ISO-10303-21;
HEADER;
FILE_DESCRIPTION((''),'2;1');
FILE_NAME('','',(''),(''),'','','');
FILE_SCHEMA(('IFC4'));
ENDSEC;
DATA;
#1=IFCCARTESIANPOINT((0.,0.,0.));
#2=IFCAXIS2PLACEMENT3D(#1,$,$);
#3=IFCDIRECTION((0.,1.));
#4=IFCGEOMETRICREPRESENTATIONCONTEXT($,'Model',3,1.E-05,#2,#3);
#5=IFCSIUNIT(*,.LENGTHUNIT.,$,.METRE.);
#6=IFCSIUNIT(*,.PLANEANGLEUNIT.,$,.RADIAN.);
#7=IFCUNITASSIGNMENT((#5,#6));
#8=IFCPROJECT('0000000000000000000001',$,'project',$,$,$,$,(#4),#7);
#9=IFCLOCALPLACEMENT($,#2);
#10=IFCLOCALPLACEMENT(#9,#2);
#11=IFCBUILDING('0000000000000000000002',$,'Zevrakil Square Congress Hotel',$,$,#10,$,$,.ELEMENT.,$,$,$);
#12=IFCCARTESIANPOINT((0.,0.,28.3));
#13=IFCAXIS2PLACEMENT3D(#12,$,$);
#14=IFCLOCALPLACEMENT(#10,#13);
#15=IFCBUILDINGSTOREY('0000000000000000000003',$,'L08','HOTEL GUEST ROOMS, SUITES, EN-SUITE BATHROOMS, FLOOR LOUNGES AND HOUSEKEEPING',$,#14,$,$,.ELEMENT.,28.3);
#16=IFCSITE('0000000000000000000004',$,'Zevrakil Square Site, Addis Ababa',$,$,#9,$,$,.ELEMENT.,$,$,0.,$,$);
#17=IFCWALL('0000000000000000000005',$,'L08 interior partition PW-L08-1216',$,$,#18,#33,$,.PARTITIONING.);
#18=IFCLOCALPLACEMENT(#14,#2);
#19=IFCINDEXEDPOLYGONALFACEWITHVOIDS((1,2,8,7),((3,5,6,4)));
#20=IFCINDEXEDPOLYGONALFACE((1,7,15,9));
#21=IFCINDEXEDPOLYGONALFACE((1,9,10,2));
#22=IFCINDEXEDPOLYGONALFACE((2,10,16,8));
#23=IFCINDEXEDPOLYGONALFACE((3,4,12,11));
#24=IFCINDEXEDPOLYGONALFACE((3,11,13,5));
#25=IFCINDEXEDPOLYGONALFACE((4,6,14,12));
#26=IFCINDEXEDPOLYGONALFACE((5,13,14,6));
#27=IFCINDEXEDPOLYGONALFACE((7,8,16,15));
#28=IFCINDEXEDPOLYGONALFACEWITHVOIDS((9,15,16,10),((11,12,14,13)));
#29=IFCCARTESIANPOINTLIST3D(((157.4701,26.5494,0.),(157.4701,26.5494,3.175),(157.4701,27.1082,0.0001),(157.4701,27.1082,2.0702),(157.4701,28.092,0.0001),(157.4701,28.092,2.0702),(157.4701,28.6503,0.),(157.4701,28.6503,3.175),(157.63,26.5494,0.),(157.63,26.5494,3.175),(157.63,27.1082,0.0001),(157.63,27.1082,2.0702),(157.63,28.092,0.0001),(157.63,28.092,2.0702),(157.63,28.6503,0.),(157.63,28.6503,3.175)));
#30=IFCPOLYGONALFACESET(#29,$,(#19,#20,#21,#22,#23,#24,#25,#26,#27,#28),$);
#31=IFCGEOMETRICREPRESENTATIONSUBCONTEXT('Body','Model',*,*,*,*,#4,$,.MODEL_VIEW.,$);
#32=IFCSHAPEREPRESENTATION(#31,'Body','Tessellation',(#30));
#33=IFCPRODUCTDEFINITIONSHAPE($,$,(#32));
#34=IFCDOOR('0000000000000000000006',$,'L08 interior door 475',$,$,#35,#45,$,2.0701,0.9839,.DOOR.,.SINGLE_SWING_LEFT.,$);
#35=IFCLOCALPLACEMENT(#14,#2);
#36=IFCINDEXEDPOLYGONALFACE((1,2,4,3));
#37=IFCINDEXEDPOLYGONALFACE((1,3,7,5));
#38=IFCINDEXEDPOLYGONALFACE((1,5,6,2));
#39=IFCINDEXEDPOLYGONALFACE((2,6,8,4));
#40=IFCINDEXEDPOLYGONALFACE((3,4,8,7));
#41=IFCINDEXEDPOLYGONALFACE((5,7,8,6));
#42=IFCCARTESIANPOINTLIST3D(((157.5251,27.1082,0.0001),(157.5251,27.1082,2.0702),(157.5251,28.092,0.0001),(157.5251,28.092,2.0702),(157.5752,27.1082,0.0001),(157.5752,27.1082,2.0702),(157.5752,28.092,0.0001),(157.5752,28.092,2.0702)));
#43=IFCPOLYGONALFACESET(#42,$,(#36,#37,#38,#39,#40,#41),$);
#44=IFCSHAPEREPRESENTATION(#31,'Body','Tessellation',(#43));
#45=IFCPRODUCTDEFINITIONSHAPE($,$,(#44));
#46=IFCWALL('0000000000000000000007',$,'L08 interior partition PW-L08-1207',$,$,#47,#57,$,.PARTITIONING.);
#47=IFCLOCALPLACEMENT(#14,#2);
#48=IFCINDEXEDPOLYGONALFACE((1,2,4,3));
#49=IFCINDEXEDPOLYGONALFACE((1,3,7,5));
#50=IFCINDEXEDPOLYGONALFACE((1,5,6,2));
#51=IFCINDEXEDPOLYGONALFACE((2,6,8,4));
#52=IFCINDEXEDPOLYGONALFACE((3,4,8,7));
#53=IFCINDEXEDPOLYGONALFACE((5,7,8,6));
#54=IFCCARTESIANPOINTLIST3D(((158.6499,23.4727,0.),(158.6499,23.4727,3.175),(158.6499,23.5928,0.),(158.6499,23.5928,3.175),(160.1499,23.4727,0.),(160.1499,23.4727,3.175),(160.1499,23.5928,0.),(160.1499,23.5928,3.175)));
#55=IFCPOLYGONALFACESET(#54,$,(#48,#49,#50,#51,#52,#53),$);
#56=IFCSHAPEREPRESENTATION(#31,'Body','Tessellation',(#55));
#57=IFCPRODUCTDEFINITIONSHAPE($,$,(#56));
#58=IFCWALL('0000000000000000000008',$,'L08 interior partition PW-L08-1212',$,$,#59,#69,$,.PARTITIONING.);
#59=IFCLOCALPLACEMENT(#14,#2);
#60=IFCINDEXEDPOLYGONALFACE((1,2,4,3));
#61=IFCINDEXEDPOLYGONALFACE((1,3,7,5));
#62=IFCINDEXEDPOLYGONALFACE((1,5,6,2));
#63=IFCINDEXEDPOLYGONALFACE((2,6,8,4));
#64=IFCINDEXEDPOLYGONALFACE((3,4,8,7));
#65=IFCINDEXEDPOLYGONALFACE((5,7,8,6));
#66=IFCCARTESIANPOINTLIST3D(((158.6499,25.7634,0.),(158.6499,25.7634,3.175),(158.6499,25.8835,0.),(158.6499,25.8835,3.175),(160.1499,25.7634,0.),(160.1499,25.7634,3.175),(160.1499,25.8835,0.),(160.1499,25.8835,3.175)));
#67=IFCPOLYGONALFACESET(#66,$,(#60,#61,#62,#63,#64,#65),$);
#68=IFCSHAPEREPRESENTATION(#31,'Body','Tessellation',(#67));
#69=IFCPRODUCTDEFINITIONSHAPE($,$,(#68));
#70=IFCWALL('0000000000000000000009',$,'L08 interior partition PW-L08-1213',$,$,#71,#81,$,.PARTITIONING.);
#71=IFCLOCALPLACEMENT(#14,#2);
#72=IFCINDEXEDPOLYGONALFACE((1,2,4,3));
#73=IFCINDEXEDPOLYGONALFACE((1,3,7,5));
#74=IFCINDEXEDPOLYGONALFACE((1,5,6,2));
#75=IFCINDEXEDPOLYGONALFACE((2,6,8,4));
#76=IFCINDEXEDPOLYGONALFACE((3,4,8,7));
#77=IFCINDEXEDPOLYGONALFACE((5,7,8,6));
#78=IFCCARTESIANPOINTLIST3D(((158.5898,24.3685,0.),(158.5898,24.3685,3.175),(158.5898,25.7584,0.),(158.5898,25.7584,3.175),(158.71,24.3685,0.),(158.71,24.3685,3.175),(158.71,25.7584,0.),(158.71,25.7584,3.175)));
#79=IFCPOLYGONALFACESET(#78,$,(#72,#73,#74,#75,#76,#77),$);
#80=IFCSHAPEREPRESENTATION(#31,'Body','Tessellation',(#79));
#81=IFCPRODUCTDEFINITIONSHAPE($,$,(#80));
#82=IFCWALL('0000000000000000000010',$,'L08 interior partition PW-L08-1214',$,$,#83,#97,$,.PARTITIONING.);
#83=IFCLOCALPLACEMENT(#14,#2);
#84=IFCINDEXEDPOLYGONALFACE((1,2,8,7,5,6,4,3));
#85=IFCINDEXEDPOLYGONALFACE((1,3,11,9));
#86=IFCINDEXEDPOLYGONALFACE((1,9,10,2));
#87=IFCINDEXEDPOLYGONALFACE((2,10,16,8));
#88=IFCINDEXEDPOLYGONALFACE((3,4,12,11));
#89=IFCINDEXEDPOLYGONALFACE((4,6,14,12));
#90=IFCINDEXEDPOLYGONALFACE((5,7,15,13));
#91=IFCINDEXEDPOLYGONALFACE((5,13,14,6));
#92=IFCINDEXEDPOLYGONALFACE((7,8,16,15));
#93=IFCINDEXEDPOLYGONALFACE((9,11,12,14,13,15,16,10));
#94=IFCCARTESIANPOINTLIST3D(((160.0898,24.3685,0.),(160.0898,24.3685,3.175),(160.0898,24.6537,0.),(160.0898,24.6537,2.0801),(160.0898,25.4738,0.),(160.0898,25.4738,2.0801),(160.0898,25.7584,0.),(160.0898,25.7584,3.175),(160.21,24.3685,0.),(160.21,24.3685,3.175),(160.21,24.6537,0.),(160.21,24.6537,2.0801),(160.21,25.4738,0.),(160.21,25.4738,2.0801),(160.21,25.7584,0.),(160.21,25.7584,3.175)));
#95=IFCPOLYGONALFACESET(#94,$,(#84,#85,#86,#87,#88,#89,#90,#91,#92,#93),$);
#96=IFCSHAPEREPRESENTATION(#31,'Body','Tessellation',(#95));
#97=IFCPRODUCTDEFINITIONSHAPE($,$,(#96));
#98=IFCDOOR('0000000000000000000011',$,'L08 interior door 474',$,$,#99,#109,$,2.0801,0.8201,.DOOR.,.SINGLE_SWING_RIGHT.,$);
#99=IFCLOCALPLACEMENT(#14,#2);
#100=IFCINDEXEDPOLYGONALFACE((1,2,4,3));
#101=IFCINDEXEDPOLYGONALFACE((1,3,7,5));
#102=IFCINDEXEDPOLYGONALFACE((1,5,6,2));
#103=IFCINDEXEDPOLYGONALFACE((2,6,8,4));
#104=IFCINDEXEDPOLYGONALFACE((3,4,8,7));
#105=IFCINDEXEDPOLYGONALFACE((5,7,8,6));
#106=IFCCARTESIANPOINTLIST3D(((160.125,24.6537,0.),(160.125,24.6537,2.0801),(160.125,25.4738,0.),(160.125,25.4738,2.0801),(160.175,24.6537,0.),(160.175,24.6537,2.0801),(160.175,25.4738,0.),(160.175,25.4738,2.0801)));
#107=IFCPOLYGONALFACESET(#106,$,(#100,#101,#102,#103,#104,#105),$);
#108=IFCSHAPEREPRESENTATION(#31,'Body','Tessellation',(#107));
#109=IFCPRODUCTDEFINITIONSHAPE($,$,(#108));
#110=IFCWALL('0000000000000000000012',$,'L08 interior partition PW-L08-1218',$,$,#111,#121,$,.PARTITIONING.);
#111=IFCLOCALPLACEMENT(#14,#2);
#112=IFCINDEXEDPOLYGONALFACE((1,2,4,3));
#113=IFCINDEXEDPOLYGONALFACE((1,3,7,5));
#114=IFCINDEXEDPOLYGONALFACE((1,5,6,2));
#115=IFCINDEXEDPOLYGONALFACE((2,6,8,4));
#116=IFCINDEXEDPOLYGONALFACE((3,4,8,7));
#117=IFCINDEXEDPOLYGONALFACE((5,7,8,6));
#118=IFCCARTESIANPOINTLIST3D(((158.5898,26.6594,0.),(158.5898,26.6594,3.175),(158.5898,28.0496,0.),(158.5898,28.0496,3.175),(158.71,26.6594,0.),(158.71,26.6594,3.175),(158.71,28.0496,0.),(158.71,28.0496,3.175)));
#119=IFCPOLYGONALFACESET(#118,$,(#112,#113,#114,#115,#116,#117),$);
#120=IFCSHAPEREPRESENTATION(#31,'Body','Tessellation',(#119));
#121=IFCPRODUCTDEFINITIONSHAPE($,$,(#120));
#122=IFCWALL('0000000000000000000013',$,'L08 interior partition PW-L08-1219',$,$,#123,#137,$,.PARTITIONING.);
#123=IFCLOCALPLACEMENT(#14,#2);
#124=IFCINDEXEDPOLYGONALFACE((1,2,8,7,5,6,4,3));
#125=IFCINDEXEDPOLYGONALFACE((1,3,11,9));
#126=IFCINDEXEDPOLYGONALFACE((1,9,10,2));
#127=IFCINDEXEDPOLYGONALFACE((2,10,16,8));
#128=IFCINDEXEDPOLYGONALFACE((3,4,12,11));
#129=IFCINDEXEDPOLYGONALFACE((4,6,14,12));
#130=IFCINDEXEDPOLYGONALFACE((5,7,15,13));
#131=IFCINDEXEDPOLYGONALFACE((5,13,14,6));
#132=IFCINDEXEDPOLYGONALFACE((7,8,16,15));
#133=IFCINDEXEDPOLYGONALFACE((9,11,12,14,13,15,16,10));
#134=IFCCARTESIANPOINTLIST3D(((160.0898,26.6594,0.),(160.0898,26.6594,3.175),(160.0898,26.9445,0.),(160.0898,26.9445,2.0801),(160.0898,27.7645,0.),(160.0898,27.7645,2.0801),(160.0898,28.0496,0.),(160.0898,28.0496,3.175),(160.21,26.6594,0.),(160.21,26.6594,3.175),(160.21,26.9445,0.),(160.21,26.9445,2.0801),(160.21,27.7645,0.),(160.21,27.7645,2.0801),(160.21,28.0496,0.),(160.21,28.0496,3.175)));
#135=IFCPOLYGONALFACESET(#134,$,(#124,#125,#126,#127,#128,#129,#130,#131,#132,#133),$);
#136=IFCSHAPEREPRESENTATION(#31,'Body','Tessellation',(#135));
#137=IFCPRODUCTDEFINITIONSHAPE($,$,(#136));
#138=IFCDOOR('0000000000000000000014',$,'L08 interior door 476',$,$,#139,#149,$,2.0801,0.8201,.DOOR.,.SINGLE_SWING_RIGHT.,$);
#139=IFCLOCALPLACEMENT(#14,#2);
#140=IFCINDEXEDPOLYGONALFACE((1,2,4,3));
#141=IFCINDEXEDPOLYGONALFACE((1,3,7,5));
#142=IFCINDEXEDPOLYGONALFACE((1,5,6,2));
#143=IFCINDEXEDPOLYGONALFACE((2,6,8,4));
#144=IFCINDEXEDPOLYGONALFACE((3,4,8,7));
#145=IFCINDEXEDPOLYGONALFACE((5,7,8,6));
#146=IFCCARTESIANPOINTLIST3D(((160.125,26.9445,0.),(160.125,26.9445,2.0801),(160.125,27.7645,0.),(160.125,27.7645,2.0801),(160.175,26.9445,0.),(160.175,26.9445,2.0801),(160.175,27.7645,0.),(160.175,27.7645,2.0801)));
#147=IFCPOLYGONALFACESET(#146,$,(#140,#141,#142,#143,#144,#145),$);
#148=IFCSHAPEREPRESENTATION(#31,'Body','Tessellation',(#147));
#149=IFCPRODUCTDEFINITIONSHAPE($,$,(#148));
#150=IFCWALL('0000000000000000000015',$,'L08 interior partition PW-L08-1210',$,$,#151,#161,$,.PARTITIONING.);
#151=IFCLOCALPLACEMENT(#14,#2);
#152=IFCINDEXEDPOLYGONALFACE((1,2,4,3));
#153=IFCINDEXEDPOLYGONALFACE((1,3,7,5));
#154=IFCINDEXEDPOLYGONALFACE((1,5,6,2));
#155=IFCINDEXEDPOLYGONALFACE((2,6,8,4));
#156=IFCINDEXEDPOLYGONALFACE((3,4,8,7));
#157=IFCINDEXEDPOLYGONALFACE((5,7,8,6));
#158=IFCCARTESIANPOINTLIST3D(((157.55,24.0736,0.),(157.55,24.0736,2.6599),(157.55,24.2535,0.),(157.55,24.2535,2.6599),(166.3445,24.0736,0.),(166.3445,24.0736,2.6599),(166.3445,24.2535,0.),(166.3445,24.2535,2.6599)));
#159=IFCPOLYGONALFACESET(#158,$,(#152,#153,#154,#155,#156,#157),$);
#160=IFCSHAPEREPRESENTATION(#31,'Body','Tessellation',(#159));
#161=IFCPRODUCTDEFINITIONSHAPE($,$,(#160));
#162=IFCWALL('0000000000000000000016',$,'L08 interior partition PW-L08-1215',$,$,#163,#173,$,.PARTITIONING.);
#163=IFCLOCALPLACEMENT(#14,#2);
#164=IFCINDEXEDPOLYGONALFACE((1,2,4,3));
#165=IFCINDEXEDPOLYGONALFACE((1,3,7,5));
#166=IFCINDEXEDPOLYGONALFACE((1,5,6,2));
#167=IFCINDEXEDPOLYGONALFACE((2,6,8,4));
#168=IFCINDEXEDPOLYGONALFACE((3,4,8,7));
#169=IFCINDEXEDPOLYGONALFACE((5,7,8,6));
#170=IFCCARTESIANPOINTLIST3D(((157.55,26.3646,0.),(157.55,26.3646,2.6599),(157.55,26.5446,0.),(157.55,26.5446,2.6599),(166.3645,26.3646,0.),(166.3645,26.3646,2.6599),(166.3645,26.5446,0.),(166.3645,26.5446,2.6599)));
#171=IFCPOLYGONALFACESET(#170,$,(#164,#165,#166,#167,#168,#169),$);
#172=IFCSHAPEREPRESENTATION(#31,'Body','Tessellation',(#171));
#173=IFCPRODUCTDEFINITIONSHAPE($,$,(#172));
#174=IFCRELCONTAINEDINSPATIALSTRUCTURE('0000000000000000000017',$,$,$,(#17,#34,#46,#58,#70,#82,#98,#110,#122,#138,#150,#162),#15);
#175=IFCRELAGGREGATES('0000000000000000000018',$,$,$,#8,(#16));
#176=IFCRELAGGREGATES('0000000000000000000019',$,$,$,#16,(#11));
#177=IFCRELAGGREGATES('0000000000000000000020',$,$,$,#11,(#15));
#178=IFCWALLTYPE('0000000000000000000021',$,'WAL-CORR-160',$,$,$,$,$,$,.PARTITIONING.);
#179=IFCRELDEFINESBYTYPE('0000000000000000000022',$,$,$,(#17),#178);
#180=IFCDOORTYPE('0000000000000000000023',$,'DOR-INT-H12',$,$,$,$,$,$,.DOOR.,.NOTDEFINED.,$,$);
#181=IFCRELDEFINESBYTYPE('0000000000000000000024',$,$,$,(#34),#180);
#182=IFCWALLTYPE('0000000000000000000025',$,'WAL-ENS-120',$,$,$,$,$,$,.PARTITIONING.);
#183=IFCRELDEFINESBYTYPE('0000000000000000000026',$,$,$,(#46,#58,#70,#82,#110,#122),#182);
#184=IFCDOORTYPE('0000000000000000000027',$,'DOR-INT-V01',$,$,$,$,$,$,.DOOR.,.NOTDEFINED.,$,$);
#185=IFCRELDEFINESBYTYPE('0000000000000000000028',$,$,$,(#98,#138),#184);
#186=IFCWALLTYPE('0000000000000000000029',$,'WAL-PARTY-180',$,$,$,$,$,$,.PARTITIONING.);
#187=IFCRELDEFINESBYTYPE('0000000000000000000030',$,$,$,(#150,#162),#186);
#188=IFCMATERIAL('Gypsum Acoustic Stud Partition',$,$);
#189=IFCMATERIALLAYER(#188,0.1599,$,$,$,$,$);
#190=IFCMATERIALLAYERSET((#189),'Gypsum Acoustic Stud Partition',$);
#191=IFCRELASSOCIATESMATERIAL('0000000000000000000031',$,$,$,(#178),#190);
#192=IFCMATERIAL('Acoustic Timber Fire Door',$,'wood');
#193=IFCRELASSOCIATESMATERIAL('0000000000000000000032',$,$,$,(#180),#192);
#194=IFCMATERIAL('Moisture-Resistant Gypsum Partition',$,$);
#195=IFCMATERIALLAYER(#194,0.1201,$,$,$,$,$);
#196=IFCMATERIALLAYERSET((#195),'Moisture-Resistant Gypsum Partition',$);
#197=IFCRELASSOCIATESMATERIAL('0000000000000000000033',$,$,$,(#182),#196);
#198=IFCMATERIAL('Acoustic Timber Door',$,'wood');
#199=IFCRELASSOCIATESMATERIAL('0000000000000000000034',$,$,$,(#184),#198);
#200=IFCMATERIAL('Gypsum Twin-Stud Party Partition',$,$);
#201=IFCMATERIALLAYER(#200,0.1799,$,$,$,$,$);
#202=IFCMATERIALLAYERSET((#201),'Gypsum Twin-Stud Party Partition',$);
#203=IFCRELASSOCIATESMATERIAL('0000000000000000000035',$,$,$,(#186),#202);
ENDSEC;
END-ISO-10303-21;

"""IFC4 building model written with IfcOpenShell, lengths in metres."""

from ifc_helpers import new_model, si_unit, direction, frame, frame_2d, origin, place, context, subcontext, project, spatial, rectangle, extrude, material, layer, layer_set, type_object, element, fill, save


model = new_model("IFC4")

# Units and contexts
model_context = context("Model", 3, precision=1e-05, world=origin(), true_north=direction((0.0, 1.0)))
body_context = subcontext(model_context, "Body", "Model", "MODEL_VIEW")
ifc_project = project(units=[si_unit("LENGTHUNIT", "METRE"), si_unit("PLANEANGLEUNIT", "RADIAN")], contexts=[model_context])

# Site, building, storey
site_placement = place(None, origin())
site = spatial("IfcSite", under=ifc_project, at=site_placement, Name="Zevrakil Square Site, Addis Ababa", CompositionType="ELEMENT", RefElevation=0.0)
building_placement = place(site_placement, origin())
building = spatial("IfcBuilding", under=site, at=building_placement, Name="Zevrakil Square Congress Hotel", CompositionType="ELEMENT")
storey_placement = place(building_placement, frame((0.0, 0.0, 28.3)))
storey = spatial("IfcBuildingStorey", under=building, at=storey_placement, Name="L08", Description="HOTEL GUEST ROOMS, SUITES, EN-SUITE BATHROOMS, FLOOR LOUNGES AND HOUSEKEEPING", CompositionType="ELEMENT", Elevation=28.3)

# Wall, opening, door
ifc_material_1 = material(Name="Gypsum Acoustic Stud Partition")
ifc_layer_1 = layer(ifc_material_1, 0.1599)
ifc_layer_set_1 = layer_set([ifc_layer_1], Name="Gypsum Acoustic Stud Partition")
wall_type_1 = type_object("IfcWallType", Name="WAL-CORR-160", PredefinedType="PARTITIONING", material=ifc_layer_set_1)
wall_1_placement = place(storey_placement, frame((157.55, 26.5496, 0.0), z_axis=(0.0, 0.0, 1.0), x_axis=(0.0, 1.0, 0.0)))
wall_1 = element("IfcWall", 1, at=wall_1_placement, inside=storey, type_object=wall_type_1, Name="L08 interior partition PW-L08-1216", PredefinedType="PARTITIONING", context=body_context, shape_type="SweptSolid", body=[
    extrude(rectangle(XDim=2.1008, YDim=0.1599, at=frame_2d((1.0503, 0.0))), origin(), (0.0, 0.0, 1.0), 3.175),
])
opening_1_placement = place(wall_1_placement, frame((0.5586, 0.0, 0.0)))
opening_1 = element("IfcOpeningElement", 2, at=opening_1_placement, cuts=wall_1, PredefinedType="OPENING", context=body_context, shape_type="SweptSolid", body=[
    extrude(rectangle(XDim=0.9839, YDim=2.0701, at=frame_2d((0.4919, 1.0352))), frame((0.0, 0.0898, 0.0), z_axis=(0.0, -1.0, 0.0), x_axis=(1.0, 0.0, 0.0)), (0.0, 0.0, 1.0), 0.1799),
])
ifc_material_2 = material(Name="Acoustic Timber Fire Door", Category="wood")
door_type_1 = type_object("IfcDoorType", Name="DOR-INT-H12", OperationType="NOTDEFINED", PredefinedType="DOOR", material=ifc_material_2)
door_1_placement = place(opening_1_placement, origin())
door_1 = element("IfcDoor", 3, at=door_1_placement, inside=storey, type_object=door_type_1, Name="L08 interior door 475", OperationType="SINGLE_SWING_LEFT", OverallHeight=2.0701, OverallWidth=0.9839, PredefinedType="DOOR", context=body_context, shape_type="SweptSolid", body=[
    extrude(rectangle(XDim=0.9839, YDim=2.0701, at=frame_2d((0.4919, 1.0352))), frame((0.0, 0.0249, 0.0), z_axis=(0.0, -1.0, 0.0), x_axis=(1.0, 0.0, 0.0)), (0.0, 0.0, 1.0), 0.05),
])
fill(opening_1, door_1)

# Walls
ifc_material_3 = material(Name="Moisture-Resistant Gypsum Partition")
ifc_layer_2 = layer(ifc_material_3, 0.1201)
ifc_layer_set_2 = layer_set([ifc_layer_2], Name="Moisture-Resistant Gypsum Partition")
wall_type_2 = type_object("IfcWallType", Name="WAL-ENS-120", PredefinedType="PARTITIONING", material=ifc_layer_set_2)
for number, where, z_axis, x_axis, name in (
    (4, (158.6499, 23.5327, 0.0), (0.0, 0.0, 1.0), (1.0, 0.0, 0.0), "L08 interior partition PW-L08-1207"),
    (5, (158.6499, 25.8235, 0.0), (0.0, 0.0, 1.0), (1.0, 0.0, 0.0), "L08 interior partition PW-L08-1212"),
):
    element("IfcWall", number, at=place(storey_placement, frame(where, z_axis=z_axis, x_axis=x_axis)), inside=storey, type_object=wall_type_2, Name=name, PredefinedType="PARTITIONING", context=body_context, shape_type="SweptSolid", body=[
        extrude(rectangle(XDim=1.5, YDim=0.1201, at=frame_2d((0.75, 0.0))), origin(), (0.0, 0.0, 1.0), 3.175),
    ])
wall_2_placement = place(storey_placement, frame((158.6499, 24.3687, 0.0), z_axis=(0.0, 0.0, 1.0), x_axis=(0.0, 1.0, 0.0)))
element("IfcWall", 6, at=wall_2_placement, inside=storey, type_object=wall_type_2, Name="L08 interior partition PW-L08-1213", PredefinedType="PARTITIONING", context=body_context, shape_type="SweptSolid", body=[
    extrude(rectangle(XDim=1.3899, YDim=0.1201, at=frame_2d((0.6948, 0.0))), origin(), (0.0, 0.0, 1.0), 3.175),
])

# Wall, opening, door
wall_3_placement = place(storey_placement, frame((160.1499, 24.3687, 0.0), z_axis=(0.0, 0.0, 1.0), x_axis=(0.0, 1.0, 0.0)))
wall_3 = element("IfcWall", 7, at=wall_3_placement, inside=storey, type_object=wall_type_2, Name="L08 interior partition PW-L08-1214", PredefinedType="PARTITIONING", context=body_context, shape_type="SweptSolid", body=[
    extrude(rectangle(XDim=1.3899, YDim=0.1201, at=frame_2d((0.6948, 0.0))), origin(), (0.0, 0.0, 1.0), 3.175),
])
opening_2_placement = place(wall_3_placement, frame((0.2849, 0.0, 0.0)))
opening_2 = element("IfcOpeningElement", 8, at=opening_2_placement, cuts=wall_3, PredefinedType="OPENING", context=body_context, shape_type="SweptSolid", body=[
    extrude(rectangle(XDim=0.8201, YDim=2.0801, at=frame_2d((0.4102, 1.04))), frame((0.0, 0.0701, 0.0), z_axis=(0.0, -1.0, 0.0), x_axis=(1.0, 0.0, 0.0)), (0.0, 0.0, 1.0), 0.1401),
])
ifc_material_4 = material(Name="Acoustic Timber Door", Category="wood")
door_type_2 = type_object("IfcDoorType", Name="DOR-INT-V01", OperationType="NOTDEFINED", PredefinedType="DOOR", material=ifc_material_4)
door_2_placement = place(opening_2_placement, origin())
door_2 = element("IfcDoor", 9, at=door_2_placement, inside=storey, type_object=door_type_2, Name="L08 interior door 474", OperationType="SINGLE_SWING_RIGHT", OverallHeight=2.0801, OverallWidth=0.8201, PredefinedType="DOOR", context=body_context, shape_type="SweptSolid", body=[
    extrude(rectangle(XDim=0.8201, YDim=2.0801, at=frame_2d((0.4102, 1.04))), frame((0.0, 0.0249, 0.0), z_axis=(0.0, -1.0, 0.0), x_axis=(1.0, 0.0, 0.0)), (0.0, 0.0, 1.0), 0.05),
])
fill(opening_2, door_2)

# Wall
wall_4_placement = place(storey_placement, frame((158.6499, 26.6594, 0.0), z_axis=(0.0, 0.0, 1.0), x_axis=(0.0, 1.0, 0.0)))
element("IfcWall", 10, at=wall_4_placement, inside=storey, type_object=wall_type_2, Name="L08 interior partition PW-L08-1218", PredefinedType="PARTITIONING", context=body_context, shape_type="SweptSolid", body=[
    extrude(rectangle(XDim=1.3901, YDim=0.1201, at=frame_2d((0.6951, 0.0))), origin(), (0.0, 0.0, 1.0), 3.175),
])

# Wall, opening, door
wall_5_placement = place(storey_placement, frame((160.1499, 26.6594, 0.0), z_axis=(0.0, 0.0, 1.0), x_axis=(0.0, 1.0, 0.0)))
wall_5 = element("IfcWall", 11, at=wall_5_placement, inside=storey, type_object=wall_type_2, Name="L08 interior partition PW-L08-1219", PredefinedType="PARTITIONING", context=body_context, shape_type="SweptSolid", body=[
    extrude(rectangle(XDim=1.3901, YDim=0.1201, at=frame_2d((0.6951, 0.0))), origin(), (0.0, 0.0, 1.0), 3.175),
])
opening_3_placement = place(wall_5_placement, frame((0.2849, 0.0, 0.0)))
opening_3 = element("IfcOpeningElement", 12, at=opening_3_placement, cuts=wall_5, PredefinedType="OPENING", context=body_context, shape_type="SweptSolid", body=[
    extrude(rectangle(XDim=0.8201, YDim=2.0801, at=frame_2d((0.4102, 1.04))), frame((0.0, 0.0701, 0.0), z_axis=(0.0, -1.0, 0.0), x_axis=(1.0, 0.0, 0.0)), (0.0, 0.0, 1.0), 0.1401),
])
door_3_placement = place(opening_3_placement, origin())
door_3 = element("IfcDoor", 13, at=door_3_placement, inside=storey, type_object=door_type_2, Name="L08 interior door 476", OperationType="SINGLE_SWING_RIGHT", OverallHeight=2.0801, OverallWidth=0.8201, PredefinedType="DOOR", context=body_context, shape_type="SweptSolid", body=[
    extrude(rectangle(XDim=0.8201, YDim=2.0801, at=frame_2d((0.4102, 1.04))), frame((0.0, 0.0249, 0.0), z_axis=(0.0, -1.0, 0.0), x_axis=(1.0, 0.0, 0.0)), (0.0, 0.0, 1.0), 0.05),
])
fill(opening_3, door_3)

# Walls
ifc_material_5 = material(Name="Gypsum Twin-Stud Party Partition")
ifc_layer_3 = layer(ifc_material_5, 0.1799)
ifc_layer_set_3 = layer_set([ifc_layer_3], Name="Gypsum Twin-Stud Party Partition")
wall_type_3 = type_object("IfcWallType", Name="WAL-PARTY-180", PredefinedType="PARTITIONING", material=ifc_layer_set_3)
wall_6_placement = place(storey_placement, frame((157.55, 24.1636, 0.0), z_axis=(0.0, 0.0, 1.0), x_axis=(1.0, 0.0, 0.0)))
element("IfcWall", 14, at=wall_6_placement, inside=storey, type_object=wall_type_3, Name="L08 interior partition PW-L08-1210", PredefinedType="PARTITIONING", context=body_context, shape_type="SweptSolid", body=[
    extrude(rectangle(XDim=8.7944, YDim=0.1799, at=frame_2d((4.3972, 0.0))), origin(), (0.0, 0.0, 1.0), 2.6599),
])
wall_7_placement = place(storey_placement, frame((157.55, 26.4546, 0.0), z_axis=(0.0, 0.0, 1.0), x_axis=(1.0, 0.0, 0.0)))
element("IfcWall", 15, at=wall_7_placement, inside=storey, type_object=wall_type_3, Name="L08 interior partition PW-L08-1215", PredefinedType="PARTITIONING", context=body_context, shape_type="SweptSolid", body=[
    extrude(rectangle(XDim=8.8145, YDim=0.1799, at=frame_2d((4.4072, 0.0))), origin(), (0.0, 0.0, 1.0), 2.6599),
])

save(model, "model.ifc")
